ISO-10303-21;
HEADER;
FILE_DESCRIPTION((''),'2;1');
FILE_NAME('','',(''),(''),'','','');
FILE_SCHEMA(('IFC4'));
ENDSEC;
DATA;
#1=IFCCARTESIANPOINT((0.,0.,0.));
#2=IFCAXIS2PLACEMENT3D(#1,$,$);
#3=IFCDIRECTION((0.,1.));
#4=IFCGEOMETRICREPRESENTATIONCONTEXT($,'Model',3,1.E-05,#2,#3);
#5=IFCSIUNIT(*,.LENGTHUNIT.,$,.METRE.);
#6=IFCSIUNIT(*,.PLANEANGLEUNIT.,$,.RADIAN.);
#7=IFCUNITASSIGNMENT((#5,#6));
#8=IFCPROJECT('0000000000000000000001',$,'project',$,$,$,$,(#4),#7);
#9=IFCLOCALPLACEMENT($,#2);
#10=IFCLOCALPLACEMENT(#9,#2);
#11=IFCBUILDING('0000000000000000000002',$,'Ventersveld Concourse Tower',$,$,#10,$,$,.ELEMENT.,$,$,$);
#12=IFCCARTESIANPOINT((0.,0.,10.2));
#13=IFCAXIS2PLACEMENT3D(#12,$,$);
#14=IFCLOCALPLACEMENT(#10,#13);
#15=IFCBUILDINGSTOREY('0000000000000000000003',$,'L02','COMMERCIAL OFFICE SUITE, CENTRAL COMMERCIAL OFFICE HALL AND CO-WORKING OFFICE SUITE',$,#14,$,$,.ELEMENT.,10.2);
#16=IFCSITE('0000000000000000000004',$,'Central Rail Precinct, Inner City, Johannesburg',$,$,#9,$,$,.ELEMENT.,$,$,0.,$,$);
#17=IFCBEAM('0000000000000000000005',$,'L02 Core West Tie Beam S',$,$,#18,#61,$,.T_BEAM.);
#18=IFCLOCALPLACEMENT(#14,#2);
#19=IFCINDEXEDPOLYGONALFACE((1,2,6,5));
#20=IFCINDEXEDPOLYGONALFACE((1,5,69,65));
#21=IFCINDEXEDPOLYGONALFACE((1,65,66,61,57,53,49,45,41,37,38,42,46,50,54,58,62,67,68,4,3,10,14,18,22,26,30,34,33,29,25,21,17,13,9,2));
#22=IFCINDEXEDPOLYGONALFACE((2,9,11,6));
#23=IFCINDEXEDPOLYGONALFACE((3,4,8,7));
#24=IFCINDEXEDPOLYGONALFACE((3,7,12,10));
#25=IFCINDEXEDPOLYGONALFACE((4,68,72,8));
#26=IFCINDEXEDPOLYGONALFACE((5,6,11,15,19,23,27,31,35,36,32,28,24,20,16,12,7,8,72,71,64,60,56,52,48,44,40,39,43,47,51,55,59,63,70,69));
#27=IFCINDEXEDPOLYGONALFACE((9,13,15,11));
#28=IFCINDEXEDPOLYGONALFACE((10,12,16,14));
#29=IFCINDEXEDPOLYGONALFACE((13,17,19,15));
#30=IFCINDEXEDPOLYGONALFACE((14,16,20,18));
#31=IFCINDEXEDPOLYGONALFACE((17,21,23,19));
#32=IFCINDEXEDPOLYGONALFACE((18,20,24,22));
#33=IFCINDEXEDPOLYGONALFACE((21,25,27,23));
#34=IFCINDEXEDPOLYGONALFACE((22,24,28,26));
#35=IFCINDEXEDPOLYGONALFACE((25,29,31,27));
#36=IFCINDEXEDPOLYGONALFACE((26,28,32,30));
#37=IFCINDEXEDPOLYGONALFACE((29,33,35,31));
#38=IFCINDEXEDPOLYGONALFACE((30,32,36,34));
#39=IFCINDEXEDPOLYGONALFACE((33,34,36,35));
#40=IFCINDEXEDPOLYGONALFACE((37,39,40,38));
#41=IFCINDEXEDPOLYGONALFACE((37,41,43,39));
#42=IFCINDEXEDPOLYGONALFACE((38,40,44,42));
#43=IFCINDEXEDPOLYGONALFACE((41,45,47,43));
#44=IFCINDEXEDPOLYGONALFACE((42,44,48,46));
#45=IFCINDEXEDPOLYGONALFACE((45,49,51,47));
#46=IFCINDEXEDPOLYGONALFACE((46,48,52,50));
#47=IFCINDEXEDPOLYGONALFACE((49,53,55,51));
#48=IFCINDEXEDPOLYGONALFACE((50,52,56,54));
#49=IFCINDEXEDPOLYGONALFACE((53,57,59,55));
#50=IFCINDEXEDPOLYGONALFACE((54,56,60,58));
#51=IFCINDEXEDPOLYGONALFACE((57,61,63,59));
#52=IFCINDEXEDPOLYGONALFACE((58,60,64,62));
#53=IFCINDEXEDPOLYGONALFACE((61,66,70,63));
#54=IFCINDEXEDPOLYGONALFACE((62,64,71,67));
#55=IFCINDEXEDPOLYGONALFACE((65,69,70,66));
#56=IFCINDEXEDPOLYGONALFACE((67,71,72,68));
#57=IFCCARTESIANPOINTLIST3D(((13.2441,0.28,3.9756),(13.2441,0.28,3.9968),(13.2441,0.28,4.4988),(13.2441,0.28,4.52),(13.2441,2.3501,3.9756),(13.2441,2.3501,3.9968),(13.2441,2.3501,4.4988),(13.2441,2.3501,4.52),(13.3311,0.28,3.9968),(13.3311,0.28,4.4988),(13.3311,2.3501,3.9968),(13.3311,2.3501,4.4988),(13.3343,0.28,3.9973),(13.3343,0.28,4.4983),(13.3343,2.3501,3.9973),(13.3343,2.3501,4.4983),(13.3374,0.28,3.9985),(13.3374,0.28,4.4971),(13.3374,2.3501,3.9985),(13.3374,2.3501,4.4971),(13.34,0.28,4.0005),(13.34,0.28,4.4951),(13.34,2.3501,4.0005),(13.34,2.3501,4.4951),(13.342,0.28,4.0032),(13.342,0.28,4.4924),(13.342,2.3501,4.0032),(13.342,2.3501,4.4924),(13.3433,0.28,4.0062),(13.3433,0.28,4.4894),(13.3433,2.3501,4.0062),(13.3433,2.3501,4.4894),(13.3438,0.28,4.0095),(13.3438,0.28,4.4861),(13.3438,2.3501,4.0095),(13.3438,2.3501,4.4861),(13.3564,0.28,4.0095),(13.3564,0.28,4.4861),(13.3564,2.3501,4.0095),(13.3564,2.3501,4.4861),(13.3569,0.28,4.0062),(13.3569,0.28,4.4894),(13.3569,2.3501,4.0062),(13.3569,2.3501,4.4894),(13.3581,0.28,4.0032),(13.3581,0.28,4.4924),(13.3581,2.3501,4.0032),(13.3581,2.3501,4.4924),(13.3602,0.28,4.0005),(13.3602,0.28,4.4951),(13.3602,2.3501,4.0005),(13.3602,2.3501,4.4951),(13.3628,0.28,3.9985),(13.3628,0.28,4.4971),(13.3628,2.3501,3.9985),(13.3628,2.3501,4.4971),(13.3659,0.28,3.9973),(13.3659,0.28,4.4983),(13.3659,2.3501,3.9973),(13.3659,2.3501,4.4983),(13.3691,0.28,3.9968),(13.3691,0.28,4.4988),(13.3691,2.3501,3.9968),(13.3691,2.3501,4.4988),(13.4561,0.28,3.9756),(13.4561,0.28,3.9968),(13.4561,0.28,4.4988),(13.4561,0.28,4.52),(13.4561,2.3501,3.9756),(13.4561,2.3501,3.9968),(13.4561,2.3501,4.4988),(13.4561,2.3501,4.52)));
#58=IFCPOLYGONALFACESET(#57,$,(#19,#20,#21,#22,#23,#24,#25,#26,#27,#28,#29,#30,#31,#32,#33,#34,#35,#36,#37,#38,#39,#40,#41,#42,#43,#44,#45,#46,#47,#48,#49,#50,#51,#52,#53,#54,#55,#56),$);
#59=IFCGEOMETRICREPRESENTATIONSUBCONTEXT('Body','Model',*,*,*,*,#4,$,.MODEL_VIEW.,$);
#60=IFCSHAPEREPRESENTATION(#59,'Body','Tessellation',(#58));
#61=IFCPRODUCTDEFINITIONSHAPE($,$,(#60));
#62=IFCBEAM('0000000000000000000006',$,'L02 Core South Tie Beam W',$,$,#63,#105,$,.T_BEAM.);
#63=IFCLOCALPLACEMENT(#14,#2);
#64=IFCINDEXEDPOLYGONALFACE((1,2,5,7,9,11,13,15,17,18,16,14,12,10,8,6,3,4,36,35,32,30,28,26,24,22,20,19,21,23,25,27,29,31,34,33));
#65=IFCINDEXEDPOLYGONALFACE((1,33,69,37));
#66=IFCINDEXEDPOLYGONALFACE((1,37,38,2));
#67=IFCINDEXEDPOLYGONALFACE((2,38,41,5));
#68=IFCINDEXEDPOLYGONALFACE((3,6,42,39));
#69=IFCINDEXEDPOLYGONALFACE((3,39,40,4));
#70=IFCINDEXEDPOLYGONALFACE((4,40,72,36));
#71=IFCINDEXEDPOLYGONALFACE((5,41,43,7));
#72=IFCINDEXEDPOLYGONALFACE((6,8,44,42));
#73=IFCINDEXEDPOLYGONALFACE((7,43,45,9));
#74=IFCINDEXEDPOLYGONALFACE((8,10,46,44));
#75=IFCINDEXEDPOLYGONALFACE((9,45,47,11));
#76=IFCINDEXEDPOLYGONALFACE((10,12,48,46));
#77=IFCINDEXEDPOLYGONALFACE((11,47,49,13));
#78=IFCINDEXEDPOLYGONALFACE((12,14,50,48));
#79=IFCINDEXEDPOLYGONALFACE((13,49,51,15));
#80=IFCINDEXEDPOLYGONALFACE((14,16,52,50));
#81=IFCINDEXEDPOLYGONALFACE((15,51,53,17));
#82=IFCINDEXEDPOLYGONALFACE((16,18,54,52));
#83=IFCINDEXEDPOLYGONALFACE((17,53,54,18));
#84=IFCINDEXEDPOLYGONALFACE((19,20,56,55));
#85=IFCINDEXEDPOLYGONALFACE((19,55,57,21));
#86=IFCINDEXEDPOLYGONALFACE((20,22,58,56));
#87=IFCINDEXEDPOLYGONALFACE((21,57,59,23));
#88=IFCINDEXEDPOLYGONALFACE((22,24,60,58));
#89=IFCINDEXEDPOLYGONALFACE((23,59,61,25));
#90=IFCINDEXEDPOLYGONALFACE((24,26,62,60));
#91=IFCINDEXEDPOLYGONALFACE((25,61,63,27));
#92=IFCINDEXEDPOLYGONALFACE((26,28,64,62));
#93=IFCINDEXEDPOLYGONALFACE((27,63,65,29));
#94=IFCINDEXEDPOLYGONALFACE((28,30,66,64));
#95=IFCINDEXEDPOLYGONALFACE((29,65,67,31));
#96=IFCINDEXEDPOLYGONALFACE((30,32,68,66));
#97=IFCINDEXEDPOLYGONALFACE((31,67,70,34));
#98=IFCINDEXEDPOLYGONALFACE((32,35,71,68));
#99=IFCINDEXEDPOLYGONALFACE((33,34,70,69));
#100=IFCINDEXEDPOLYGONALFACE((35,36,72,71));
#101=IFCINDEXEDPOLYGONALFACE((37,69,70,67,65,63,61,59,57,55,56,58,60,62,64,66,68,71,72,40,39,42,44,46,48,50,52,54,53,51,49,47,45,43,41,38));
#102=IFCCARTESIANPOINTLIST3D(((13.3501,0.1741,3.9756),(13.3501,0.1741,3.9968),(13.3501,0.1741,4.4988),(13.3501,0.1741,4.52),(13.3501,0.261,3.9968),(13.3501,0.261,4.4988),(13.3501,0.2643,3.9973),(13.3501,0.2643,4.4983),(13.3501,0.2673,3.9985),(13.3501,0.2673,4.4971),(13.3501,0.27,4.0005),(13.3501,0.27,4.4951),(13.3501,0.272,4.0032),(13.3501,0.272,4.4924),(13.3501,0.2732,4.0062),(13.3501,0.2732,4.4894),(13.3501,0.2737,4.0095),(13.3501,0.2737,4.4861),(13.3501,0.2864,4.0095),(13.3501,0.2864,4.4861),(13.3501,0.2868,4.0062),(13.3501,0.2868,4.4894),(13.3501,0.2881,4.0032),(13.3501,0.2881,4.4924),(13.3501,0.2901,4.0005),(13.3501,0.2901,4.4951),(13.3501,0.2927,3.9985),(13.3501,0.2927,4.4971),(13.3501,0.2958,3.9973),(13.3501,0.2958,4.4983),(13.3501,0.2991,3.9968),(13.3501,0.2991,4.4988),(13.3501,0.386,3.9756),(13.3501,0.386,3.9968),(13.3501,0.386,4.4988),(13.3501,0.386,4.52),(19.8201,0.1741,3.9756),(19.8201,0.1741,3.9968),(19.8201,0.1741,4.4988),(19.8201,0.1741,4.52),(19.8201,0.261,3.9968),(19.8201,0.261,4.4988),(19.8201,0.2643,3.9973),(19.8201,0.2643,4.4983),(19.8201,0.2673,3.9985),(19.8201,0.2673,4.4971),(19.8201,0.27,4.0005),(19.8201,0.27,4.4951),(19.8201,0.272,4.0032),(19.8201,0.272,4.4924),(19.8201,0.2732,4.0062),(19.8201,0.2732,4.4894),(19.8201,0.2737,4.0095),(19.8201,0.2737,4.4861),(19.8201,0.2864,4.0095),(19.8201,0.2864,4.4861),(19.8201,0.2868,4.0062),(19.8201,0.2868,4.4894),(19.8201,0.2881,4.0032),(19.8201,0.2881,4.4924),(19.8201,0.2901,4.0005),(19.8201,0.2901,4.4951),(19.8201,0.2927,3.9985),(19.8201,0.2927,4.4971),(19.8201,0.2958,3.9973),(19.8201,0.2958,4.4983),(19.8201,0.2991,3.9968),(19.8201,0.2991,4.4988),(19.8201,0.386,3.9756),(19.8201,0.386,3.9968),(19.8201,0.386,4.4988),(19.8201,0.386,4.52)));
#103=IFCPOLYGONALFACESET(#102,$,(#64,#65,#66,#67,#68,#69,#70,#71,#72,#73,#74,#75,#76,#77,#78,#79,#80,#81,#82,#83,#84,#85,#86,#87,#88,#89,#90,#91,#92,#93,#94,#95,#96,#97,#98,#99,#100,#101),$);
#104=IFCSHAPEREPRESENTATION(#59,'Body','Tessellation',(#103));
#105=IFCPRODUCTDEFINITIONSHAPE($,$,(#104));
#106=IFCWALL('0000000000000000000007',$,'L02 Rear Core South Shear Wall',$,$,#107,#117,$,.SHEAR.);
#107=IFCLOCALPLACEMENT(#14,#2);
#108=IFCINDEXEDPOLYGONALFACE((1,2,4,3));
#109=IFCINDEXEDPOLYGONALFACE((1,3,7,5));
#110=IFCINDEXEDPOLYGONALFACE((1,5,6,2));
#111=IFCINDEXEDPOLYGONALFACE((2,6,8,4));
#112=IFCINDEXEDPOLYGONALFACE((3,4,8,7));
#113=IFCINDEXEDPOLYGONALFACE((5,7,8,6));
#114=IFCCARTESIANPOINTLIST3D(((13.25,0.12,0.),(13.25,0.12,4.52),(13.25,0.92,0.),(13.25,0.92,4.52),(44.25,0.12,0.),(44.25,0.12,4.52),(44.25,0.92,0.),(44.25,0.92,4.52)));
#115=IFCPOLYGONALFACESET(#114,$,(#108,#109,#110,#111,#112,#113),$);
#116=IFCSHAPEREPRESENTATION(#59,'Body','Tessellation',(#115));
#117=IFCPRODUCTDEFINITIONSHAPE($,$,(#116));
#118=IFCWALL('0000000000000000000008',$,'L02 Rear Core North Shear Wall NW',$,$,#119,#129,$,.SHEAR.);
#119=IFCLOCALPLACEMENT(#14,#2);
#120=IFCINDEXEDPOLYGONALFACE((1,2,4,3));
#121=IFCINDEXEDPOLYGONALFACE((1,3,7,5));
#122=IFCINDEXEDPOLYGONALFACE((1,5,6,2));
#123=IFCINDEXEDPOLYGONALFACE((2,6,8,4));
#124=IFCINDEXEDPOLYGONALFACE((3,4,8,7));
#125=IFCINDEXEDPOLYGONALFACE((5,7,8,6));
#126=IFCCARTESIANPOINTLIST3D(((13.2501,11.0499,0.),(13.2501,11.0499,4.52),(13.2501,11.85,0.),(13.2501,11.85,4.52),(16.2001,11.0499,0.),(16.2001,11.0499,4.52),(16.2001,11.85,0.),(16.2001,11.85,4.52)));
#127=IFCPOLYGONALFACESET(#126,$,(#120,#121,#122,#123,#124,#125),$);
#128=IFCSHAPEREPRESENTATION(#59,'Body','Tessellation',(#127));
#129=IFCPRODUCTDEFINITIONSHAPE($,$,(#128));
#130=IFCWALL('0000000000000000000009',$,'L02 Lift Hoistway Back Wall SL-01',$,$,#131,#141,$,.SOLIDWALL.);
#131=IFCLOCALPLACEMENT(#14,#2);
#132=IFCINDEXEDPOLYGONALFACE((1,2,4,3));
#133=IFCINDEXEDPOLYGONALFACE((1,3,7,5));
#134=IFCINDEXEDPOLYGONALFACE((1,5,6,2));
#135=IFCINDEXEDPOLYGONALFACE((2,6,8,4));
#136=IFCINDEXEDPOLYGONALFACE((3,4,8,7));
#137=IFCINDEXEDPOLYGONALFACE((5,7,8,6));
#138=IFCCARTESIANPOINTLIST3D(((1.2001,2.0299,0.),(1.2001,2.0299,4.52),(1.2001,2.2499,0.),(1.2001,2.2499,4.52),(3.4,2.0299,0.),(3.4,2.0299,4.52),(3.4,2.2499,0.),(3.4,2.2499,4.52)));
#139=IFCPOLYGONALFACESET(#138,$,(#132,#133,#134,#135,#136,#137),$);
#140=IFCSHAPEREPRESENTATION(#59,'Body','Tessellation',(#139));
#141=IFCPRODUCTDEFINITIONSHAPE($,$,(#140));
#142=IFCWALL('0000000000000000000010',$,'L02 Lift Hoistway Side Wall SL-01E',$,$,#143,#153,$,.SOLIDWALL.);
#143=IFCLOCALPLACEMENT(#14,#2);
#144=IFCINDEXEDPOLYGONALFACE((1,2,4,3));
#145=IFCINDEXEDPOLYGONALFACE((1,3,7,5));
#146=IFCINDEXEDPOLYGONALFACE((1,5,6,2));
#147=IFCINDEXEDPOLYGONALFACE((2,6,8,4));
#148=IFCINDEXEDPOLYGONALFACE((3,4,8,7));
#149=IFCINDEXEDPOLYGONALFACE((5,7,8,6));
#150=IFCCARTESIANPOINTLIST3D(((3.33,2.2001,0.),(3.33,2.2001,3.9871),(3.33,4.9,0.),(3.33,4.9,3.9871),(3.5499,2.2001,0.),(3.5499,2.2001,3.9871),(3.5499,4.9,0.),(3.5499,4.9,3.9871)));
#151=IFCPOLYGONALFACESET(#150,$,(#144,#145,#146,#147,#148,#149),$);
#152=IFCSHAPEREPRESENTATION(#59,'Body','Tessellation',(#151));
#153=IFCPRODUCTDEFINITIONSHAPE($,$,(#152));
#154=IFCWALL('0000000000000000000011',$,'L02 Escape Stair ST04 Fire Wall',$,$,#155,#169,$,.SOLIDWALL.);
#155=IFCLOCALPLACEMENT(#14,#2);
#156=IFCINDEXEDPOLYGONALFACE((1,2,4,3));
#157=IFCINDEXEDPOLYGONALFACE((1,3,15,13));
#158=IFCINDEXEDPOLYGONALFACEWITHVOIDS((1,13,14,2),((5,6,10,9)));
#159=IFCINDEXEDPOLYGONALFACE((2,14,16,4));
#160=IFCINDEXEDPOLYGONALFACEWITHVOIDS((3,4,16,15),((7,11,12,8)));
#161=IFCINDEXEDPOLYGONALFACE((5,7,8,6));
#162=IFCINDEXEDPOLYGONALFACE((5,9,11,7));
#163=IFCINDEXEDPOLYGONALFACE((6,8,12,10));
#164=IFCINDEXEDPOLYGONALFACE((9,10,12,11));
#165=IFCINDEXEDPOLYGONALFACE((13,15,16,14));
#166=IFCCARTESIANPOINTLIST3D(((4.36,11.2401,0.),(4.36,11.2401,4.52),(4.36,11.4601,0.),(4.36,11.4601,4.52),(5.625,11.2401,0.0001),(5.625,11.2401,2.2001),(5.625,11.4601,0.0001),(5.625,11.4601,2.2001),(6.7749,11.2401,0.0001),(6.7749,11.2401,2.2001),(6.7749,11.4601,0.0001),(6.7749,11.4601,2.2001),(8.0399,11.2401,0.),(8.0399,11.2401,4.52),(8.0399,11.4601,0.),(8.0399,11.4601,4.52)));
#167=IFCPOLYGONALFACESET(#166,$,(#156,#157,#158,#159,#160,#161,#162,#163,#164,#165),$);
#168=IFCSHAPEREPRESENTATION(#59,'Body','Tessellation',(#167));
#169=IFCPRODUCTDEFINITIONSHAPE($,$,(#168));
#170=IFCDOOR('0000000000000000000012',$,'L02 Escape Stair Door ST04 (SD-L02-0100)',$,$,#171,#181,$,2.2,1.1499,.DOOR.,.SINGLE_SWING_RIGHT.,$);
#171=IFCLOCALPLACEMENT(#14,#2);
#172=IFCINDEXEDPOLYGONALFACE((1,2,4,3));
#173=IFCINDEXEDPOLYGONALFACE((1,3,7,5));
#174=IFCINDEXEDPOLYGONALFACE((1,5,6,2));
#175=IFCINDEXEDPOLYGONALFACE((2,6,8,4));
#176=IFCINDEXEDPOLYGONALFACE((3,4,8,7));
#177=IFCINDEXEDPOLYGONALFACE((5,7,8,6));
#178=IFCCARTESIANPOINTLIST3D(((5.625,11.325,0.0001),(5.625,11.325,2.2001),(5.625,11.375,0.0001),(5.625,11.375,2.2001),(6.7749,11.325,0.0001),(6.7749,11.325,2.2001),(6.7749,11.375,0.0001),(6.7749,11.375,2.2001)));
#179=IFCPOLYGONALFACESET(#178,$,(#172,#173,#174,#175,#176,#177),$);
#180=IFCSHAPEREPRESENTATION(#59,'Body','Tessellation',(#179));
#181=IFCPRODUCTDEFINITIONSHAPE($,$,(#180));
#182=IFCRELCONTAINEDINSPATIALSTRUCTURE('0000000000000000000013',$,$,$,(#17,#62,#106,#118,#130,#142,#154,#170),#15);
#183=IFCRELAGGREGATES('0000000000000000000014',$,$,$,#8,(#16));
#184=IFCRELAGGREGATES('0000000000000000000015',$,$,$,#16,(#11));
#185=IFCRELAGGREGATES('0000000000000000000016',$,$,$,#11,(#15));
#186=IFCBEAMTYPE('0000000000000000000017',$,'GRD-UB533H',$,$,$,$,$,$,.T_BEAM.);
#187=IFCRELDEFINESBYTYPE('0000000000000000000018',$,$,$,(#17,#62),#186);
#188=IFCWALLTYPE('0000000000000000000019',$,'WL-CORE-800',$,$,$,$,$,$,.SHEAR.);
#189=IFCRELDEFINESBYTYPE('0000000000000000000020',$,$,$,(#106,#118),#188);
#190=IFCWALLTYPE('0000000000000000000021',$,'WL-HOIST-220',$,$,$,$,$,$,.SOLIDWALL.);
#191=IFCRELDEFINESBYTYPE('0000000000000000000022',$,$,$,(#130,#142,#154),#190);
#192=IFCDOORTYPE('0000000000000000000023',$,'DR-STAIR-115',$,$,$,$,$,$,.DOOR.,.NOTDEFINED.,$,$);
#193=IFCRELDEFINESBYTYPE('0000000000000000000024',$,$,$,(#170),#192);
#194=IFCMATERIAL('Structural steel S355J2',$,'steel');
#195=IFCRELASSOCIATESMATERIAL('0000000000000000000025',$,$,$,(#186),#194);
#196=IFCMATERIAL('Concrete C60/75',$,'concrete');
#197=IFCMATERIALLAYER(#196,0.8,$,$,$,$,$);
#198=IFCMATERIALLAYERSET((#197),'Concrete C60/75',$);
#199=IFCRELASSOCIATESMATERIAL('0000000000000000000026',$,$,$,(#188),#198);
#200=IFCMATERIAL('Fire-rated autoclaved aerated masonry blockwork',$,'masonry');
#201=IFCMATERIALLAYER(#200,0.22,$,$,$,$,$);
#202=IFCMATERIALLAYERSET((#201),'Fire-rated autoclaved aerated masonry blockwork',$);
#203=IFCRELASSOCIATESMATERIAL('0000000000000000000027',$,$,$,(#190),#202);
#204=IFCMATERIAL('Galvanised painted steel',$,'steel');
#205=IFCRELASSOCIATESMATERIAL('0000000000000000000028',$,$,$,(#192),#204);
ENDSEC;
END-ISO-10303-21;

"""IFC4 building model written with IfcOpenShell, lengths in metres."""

from ifc_helpers import new_model, si_unit, direction, frame, frame_2d, origin, origin_2d, place, context, subcontext, project, spatial, rectangle, i_section, extrude, material, layer, layer_set, material_profile, profile_set, type_object, element, fill, save


model = new_model("IFC4")

# Units and contexts
model_context = context("Model", 3, precision=1e-05, world=origin(), true_north=direction((0.0, 1.0)))
body_context = subcontext(model_context, "Body", "Model", "MODEL_VIEW")
ifc_project = project(units=[si_unit("LENGTHUNIT", "METRE"), si_unit("PLANEANGLEUNIT", "RADIAN")], contexts=[model_context])

# Site, building, storey
site_placement = place(None, origin())
site = spatial("IfcSite", under=ifc_project, at=site_placement, Name="Central Rail Precinct, Inner City, Johannesburg", CompositionType="ELEMENT", RefElevation=0.0)
building_placement = place(site_placement, origin())
building = spatial("IfcBuilding", under=site, at=building_placement, Name="Ventersveld Concourse Tower", CompositionType="ELEMENT")
storey_placement = place(building_placement, frame((0.0, 0.0, 10.2)))
storey = spatial("IfcBuildingStorey", under=building, at=storey_placement, Name="L02", Description="COMMERCIAL OFFICE SUITE, CENTRAL COMMERCIAL OFFICE HALL AND CO-WORKING OFFICE SUITE", CompositionType="ELEMENT", Elevation=10.2)

# Shared definitions
ifc_material_1 = material(Name="Concrete C60/75", Category="concrete")

# Beams
ifc_material_2 = material(Name="Structural steel S355J2", Category="steel")
ifc_material_profile_1 = material_profile(ifc_material_2, i_section(OverallWidth=0.2119, OverallDepth=0.5444, WebThickness=0.0127, FlangeThickness=0.0212, FilletRadius=0.0127, at=origin_2d()), Name="UB 533x210x122")
ifc_profile_set_1 = profile_set([ifc_material_profile_1], Name="Structural steel S355J2")
beam_type_1 = type_object("IfcBeamType", Name="GRD-UB533H", PredefinedType="T_BEAM", material=ifc_profile_set_1)
beam_1_placement = place(storey_placement, frame((13.3501, 0.28, 4.2478), z_axis=(0.0, 1.0, 0.0), x_axis=(-1.0, 0.0, 0.0)))
element("IfcBeam", 1, at=beam_1_placement, inside=storey, type_object=beam_type_1, Name="L02 Core West Tie Beam S", PredefinedType="T_BEAM", context=body_context, shape_type="SweptSolid", body=[
    extrude(i_section(OverallWidth=0.2119, OverallDepth=0.5444, WebThickness=0.0127, FlangeThickness=0.0212, FilletRadius=0.0127, at=origin_2d()), origin(), (0.0, 0.0, 1.0), 2.0701),
])
beam_2_placement = place(storey_placement, frame((13.3501, 0.28, 4.2478), z_axis=(1.0, 0.0, 0.0), x_axis=(0.0, 1.0, 0.0)))
element("IfcBeam", 2, at=beam_2_placement, inside=storey, type_object=beam_type_1, Name="L02 Core South Tie Beam W", PredefinedType="T_BEAM", context=body_context, shape_type="SweptSolid", body=[
    extrude(i_section(OverallWidth=0.2119, OverallDepth=0.5444, WebThickness=0.0127, FlangeThickness=0.0212, FilletRadius=0.0127, at=origin_2d()), origin(), (0.0, 0.0, 1.0), 6.47),
])

# Walls
ifc_layer_1 = layer(ifc_material_1, 0.8)
ifc_layer_set_1 = layer_set([ifc_layer_1], Name="Concrete C60/75")
wall_type_1 = type_object("IfcWallType", Name="WL-CORE-800", PredefinedType="SHEAR", material=ifc_layer_set_1)
wall_1_placement = place(storey_placement, frame((13.25, 0.52, 0.0), z_axis=(0.0, 0.0, 1.0), x_axis=(1.0, 0.0, 0.0)))
element("IfcWall", 3, at=wall_1_placement, inside=storey, type_object=wall_type_1, Name="L02 Rear Core South Shear Wall", PredefinedType="SHEAR", context=body_context, shape_type="SweptSolid", body=[
    extrude(rectangle(XDim=31.0, YDim=0.8, at=frame_2d((15.5, 0.0))), origin(), (0.0, 0.0, 1.0), 4.52),
])
wall_2_placement = place(storey_placement, frame((13.25, 11.45, 0.0), z_axis=(0.0, 0.0, 1.0), x_axis=(1.0, 0.0, 0.0)))
element("IfcWall", 4, at=wall_2_placement, inside=storey, type_object=wall_type_1, Name="L02 Rear Core North Shear Wall NW", PredefinedType="SHEAR", context=body_context, shape_type="SweptSolid", body=[
    extrude(rectangle(XDim=2.95, YDim=0.8, at=frame_2d((1.4751, 0.0))), origin(), (0.0, 0.0, 1.0), 4.52),
])
ifc_material_3 = material(Name="Fire-rated autoclaved aerated masonry blockwork", Category="masonry")
ifc_layer_2 = layer(ifc_material_3, 0.22)
ifc_layer_set_2 = layer_set([ifc_layer_2], Name="Fire-rated autoclaved aerated masonry blockwork")
wall_type_2 = type_object("IfcWallType", Name="WL-HOIST-220", PredefinedType="SOLIDWALL", material=ifc_layer_set_2)
wall_3_placement = place(storey_placement, frame((1.2, 2.1399, 0.0), z_axis=(0.0, 0.0, 1.0), x_axis=(1.0, 0.0, 0.0)))
element("IfcWall", 5, at=wall_3_placement, inside=storey, type_object=wall_type_2, Name="L02 Lift Hoistway Back Wall SL-01", PredefinedType="SOLIDWALL", context=body_context, shape_type="SweptSolid", body=[
    extrude(rectangle(XDim=2.2, YDim=0.22, at=frame_2d((1.1001, 0.0))), origin(), (0.0, 0.0, 1.0), 4.52),
])
wall_4_placement = place(storey_placement, frame((3.4399, 2.2, 0.0), z_axis=(0.0, 0.0, 1.0), x_axis=(0.0, 1.0, 0.0)))
element("IfcWall", 6, at=wall_4_placement, inside=storey, type_object=wall_type_2, Name="L02 Lift Hoistway Side Wall SL-01E", PredefinedType="SOLIDWALL", context=body_context, shape_type="SweptSolid", body=[
    extrude(rectangle(XDim=2.7, YDim=0.22, at=frame_2d((1.3501, 0.0))), origin(), (0.0, 0.0, 1.0), 3.9871),
])

# Wall, opening, door
wall_5_placement = place(storey_placement, frame((4.3601, 11.3501, 0.0), z_axis=(0.0, 0.0, 1.0), x_axis=(1.0, 0.0, 0.0)))
wall_5 = element("IfcWall", 7, at=wall_5_placement, inside=storey, type_object=wall_type_2, Name="L02 Escape Stair ST04 Fire Wall", PredefinedType="SOLIDWALL", context=body_context, shape_type="SweptSolid", body=[
    extrude(rectangle(XDim=3.6799, YDim=0.22, at=frame_2d((1.8398, 0.0))), origin(), (0.0, 0.0, 1.0), 4.52),
])
opening_placement = place(wall_5_placement, frame((1.2649, 0.0, 0.0)))
opening = element("IfcOpeningElement", 8, at=opening_placement, cuts=wall_5, PredefinedType="OPENING", context=body_context, shape_type="SweptSolid", body=[
    extrude(rectangle(XDim=1.1499, YDim=2.2, at=frame_2d((0.575, 1.1001))), frame((0.0, 0.1201, 0.0), z_axis=(0.0, -1.0, 0.0), x_axis=(1.0, 0.0, 0.0)), (0.0, 0.0, 1.0), 0.24),
])
ifc_material_4 = material(Name="Galvanised painted steel", Category="steel")
door_type = type_object("IfcDoorType", Name="DR-STAIR-115", OperationType="NOTDEFINED", PredefinedType="DOOR", material=ifc_material_4)
door_placement = place(opening_placement, origin())
door = element("IfcDoor", 9, at=door_placement, inside=storey, type_object=door_type, Name="L02 Escape Stair Door ST04 (SD-L02-0100)", OperationType="SINGLE_SWING_RIGHT", OverallHeight=2.2, OverallWidth=1.1499, PredefinedType="DOOR", context=body_context, shape_type="SweptSolid", body=[
    extrude(rectangle(XDim=1.1499, YDim=2.2, at=frame_2d((0.575, 1.1001))), frame((0.0, 0.0249, 0.0), z_axis=(0.0, -1.0, 0.0), x_axis=(1.0, 0.0, 0.0)), (0.0, 0.0, 1.0), 0.05),
])
fill(opening, door)

save(model, "model.ifc")
